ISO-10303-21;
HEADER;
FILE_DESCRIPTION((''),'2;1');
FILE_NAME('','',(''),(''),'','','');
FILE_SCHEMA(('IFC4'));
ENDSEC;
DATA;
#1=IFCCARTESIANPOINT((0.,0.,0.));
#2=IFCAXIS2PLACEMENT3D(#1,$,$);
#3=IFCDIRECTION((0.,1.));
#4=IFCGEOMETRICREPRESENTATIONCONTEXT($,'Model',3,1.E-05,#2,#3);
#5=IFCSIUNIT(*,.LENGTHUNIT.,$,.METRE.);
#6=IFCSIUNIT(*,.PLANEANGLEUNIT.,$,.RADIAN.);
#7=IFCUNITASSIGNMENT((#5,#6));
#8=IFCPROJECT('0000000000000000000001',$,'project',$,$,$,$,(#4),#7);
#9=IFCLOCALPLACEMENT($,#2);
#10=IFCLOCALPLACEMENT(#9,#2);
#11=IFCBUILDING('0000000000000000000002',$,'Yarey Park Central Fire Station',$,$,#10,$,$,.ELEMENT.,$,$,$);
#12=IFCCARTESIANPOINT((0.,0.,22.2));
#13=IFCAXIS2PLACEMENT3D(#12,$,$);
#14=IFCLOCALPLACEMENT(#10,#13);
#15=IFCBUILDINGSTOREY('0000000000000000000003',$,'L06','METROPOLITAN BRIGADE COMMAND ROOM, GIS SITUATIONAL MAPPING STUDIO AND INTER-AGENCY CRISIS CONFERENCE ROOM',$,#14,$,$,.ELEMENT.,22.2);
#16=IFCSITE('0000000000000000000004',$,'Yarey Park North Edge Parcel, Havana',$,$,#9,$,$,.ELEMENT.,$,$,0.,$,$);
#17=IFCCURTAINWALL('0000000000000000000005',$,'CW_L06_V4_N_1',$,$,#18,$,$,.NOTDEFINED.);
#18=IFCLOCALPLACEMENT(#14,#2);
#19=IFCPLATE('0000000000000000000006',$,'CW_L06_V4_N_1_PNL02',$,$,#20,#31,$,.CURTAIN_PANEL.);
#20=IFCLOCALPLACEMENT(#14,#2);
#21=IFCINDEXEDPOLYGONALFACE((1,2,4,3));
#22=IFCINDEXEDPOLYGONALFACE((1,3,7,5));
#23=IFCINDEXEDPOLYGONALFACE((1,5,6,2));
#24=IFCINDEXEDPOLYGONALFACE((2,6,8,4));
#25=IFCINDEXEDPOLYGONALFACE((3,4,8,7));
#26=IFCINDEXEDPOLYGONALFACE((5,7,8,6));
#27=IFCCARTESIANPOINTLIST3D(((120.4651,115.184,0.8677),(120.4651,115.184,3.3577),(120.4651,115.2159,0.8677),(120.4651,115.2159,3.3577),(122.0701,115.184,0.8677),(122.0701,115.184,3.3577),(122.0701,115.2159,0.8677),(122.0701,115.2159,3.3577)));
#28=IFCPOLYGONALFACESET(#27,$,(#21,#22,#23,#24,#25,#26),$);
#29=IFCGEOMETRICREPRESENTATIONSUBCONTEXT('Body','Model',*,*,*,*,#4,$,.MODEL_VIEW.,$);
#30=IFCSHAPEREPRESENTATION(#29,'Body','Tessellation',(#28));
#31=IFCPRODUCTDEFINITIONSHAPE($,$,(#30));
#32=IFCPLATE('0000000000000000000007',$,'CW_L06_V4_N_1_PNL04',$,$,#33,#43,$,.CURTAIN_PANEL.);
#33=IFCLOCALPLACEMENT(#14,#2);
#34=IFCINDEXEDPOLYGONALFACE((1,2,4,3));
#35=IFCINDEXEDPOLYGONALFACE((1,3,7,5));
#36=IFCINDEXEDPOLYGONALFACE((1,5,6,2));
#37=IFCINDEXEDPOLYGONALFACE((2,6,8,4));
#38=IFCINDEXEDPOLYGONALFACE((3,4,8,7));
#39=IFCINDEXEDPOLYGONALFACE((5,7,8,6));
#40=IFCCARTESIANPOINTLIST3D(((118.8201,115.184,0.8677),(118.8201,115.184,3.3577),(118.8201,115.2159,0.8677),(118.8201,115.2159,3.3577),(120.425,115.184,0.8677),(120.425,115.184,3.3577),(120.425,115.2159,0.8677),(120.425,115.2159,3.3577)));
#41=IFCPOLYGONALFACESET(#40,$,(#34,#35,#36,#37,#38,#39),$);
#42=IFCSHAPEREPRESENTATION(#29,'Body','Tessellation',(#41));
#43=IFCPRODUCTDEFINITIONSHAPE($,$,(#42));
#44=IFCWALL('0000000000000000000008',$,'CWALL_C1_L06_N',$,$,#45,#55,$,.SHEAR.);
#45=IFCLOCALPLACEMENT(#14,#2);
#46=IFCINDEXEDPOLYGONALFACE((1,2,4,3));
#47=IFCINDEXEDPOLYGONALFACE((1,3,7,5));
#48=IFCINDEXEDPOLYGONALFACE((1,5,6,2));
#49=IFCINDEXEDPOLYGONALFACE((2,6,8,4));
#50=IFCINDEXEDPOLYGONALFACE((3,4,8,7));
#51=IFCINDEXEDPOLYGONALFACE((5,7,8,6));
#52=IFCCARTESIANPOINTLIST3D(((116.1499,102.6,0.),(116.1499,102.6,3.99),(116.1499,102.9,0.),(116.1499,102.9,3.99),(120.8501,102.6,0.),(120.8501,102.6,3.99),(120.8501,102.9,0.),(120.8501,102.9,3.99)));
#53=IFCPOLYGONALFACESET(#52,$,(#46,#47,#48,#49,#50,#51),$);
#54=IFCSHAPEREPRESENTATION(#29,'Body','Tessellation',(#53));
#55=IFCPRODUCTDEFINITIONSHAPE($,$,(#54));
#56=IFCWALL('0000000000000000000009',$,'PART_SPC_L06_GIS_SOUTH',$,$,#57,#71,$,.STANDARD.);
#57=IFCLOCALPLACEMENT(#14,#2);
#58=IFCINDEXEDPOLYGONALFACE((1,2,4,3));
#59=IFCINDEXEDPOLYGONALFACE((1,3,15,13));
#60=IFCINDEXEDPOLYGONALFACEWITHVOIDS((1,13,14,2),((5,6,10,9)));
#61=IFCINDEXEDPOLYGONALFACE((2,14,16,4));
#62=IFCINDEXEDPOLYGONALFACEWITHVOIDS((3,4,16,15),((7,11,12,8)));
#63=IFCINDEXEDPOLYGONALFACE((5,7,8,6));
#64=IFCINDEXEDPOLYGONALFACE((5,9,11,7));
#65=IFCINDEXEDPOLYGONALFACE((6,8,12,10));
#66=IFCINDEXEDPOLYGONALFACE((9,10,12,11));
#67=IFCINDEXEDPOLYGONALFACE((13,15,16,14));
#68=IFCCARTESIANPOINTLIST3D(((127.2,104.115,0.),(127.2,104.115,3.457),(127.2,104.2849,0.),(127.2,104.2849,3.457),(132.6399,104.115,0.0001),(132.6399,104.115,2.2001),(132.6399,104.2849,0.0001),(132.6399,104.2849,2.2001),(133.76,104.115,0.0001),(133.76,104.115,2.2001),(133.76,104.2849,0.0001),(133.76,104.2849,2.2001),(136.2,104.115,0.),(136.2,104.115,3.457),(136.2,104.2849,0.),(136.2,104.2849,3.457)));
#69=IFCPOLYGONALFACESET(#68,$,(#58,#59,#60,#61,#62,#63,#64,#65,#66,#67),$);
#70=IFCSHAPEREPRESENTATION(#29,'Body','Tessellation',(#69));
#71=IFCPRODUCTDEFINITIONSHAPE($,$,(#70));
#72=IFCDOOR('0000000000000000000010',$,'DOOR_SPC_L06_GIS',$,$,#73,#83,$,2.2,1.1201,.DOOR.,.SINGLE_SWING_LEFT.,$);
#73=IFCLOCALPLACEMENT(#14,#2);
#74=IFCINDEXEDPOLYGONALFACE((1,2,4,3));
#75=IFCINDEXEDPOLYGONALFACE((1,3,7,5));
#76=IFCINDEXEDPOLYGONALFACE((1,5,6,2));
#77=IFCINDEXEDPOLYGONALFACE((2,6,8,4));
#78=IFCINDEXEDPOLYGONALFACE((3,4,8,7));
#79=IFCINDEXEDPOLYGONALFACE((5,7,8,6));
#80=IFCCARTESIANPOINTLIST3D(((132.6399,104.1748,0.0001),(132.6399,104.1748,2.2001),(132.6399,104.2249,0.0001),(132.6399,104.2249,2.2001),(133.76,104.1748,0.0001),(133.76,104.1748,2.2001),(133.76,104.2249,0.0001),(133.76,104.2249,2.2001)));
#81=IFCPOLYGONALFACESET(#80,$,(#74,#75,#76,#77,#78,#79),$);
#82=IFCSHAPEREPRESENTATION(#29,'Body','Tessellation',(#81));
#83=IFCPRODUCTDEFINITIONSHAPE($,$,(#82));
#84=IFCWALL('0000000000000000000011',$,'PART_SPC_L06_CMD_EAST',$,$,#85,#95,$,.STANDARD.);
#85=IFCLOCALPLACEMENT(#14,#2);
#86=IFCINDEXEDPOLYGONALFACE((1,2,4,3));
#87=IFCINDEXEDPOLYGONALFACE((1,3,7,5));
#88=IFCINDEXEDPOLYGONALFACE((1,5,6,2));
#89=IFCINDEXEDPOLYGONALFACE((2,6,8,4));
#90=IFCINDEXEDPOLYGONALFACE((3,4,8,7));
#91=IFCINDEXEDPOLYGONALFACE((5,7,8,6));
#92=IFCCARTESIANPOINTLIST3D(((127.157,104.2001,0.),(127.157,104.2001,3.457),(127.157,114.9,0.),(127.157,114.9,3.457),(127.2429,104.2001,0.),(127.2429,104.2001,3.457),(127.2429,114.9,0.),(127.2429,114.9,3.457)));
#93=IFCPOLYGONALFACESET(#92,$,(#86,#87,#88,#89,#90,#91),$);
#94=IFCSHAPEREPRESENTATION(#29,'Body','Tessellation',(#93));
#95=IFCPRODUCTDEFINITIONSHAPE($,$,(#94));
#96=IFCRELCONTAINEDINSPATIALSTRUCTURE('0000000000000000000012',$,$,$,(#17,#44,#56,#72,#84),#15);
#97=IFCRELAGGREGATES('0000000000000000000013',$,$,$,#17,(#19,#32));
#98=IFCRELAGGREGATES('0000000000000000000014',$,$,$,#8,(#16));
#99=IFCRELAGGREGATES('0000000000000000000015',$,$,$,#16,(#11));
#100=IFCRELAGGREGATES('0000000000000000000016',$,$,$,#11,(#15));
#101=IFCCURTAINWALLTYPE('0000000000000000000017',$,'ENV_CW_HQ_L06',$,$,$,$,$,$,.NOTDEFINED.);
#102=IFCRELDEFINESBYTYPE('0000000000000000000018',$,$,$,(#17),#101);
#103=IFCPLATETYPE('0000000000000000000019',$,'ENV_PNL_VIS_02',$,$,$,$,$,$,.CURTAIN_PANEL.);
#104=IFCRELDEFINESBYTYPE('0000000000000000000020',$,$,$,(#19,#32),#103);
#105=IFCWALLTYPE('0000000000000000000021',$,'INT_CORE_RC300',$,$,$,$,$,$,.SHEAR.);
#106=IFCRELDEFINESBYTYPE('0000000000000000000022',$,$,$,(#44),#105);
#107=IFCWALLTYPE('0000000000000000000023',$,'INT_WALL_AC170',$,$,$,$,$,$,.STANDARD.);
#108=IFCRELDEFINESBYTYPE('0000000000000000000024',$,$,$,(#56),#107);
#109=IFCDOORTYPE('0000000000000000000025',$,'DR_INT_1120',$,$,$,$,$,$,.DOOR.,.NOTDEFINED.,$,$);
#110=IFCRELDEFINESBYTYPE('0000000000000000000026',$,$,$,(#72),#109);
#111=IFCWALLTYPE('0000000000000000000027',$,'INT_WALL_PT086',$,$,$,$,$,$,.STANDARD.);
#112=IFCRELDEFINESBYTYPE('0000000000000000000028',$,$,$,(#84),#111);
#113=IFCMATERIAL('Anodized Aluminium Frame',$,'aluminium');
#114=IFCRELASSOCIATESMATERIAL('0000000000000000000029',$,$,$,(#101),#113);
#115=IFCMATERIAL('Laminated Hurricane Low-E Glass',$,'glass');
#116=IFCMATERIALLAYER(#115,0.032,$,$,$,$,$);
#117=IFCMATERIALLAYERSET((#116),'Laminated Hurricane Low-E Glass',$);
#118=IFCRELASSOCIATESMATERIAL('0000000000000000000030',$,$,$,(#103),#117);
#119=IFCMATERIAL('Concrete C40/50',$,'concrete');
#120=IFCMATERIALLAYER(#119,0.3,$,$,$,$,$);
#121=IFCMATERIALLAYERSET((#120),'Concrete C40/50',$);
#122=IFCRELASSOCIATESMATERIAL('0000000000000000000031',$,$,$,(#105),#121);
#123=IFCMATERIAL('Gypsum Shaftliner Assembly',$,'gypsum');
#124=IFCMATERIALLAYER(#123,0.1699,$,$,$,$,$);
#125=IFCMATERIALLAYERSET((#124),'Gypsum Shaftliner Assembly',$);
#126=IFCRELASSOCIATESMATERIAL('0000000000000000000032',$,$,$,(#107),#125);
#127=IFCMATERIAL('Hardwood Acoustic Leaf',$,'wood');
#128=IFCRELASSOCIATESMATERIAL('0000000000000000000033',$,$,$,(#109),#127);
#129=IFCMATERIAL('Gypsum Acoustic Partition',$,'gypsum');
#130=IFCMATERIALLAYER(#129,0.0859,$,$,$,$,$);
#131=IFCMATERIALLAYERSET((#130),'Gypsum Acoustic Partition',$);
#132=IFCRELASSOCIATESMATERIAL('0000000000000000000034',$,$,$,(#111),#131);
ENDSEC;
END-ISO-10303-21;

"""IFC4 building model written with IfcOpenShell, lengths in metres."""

from ifc_helpers import new_model, si_unit, direction, frame, frame_2d, origin, origin_2d, place, context, subcontext, project, spatial, rectangle, extrude, material, layer, layer_set, type_object, element, fill, aggregate, save


model = new_model("IFC4")

# Units and contexts
model_context = context("Model", 3, precision=1e-05, world=origin(), true_north=direction((0.0, 1.0)))
body_context = subcontext(model_context, "Body", "Model", "MODEL_VIEW")
ifc_project = project(units=[si_unit("LENGTHUNIT", "METRE"), si_unit("PLANEANGLEUNIT", "RADIAN")], contexts=[model_context])

# Site, building, storey
site_placement = place(None, origin())
site = spatial("IfcSite", under=ifc_project, at=site_placement, Name="Yarey Park North Edge Parcel, Havana", CompositionType="ELEMENT", RefElevation=0.0)
building_placement = place(site_placement, origin())
building = spatial("IfcBuilding", under=site, at=building_placement, Name="Yarey Park Central Fire Station", CompositionType="ELEMENT")
storey_placement = place(building_placement, frame((0.0, 0.0, 22.2)))
storey = spatial("IfcBuildingStorey", under=building, at=storey_placement, Name="L06", Description="METROPOLITAN BRIGADE COMMAND ROOM, GIS SITUATIONAL MAPPING STUDIO AND INTER-AGENCY CRISIS CONFERENCE ROOM", CompositionType="ELEMENT", Elevation=22.2)

# Shared definitions
ifc_material_1 = material(Name="Concrete C40/50", Category="concrete")

# Curtain wall
ifc_material_2 = material(Name="Anodized Aluminium Frame", Category="aluminium")
curtain_wall_type = type_object("IfcCurtainWallType", Name="ENV_CW_HQ_L06", PredefinedType="NOTDEFINED", material=ifc_material_2)
curtain_wall_placement = place(storey_placement, origin())
curtain_wall = element("IfcCurtainWall", 1, at=curtain_wall_placement, inside=storey, type_object=curtain_wall_type, Name="CW_L06_V4_N_1", PredefinedType="NOTDEFINED")

# Plates
ifc_material_3 = material(Name="Laminated Hurricane Low-E Glass", Category="glass")
ifc_layer_1 = layer(ifc_material_3, 0.032)
ifc_layer_set_1 = layer_set([ifc_layer_1], Name="Laminated Hurricane Low-E Glass")
plate_type_1 = type_object("IfcPlateType", Name="ENV_PNL_VIS_02", PredefinedType="CURTAIN_PANEL", material=ifc_layer_set_1)
plate_1_placement = place(storey_placement, frame((121.2676, 115.2, 0.8677), z_axis=(0.0, 0.0, 1.0), x_axis=(-1.0, 0.0, 0.0)))
plate_1 = element("IfcPlate", 2, at=plate_1_placement, type_object=plate_type_1, Name="CW_L06_V4_N_1_PNL02", PredefinedType="CURTAIN_PANEL", context=body_context, shape_type="SweptSolid", body=[
    extrude(rectangle(XDim=1.605, YDim=0.032, at=origin_2d()), origin(), (0.0, 0.0, 1.0), 2.49),
])
plate_2_placement = place(storey_placement, frame((119.6226, 115.2, 0.8677), z_axis=(0.0, 0.0, 1.0), x_axis=(-1.0, 0.0, 0.0)))
plate_2 = element("IfcPlate", 3, at=plate_2_placement, type_object=plate_type_1, Name="CW_L06_V4_N_1_PNL04", PredefinedType="CURTAIN_PANEL", context=body_context, shape_type="SweptSolid", body=[
    extrude(rectangle(XDim=1.605, YDim=0.032, at=origin_2d()), origin(), (0.0, 0.0, 1.0), 2.49),
])
aggregate(curtain_wall, [plate_1, plate_2])

# Wall
ifc_layer_2 = layer(ifc_material_1, 0.3)
ifc_layer_set_2 = layer_set([ifc_layer_2], Name="Concrete C40/50")
wall_type_1 = type_object("IfcWallType", Name="INT_CORE_RC300", PredefinedType="SHEAR", material=ifc_layer_set_2)
wall_1_placement = place(storey_placement, frame((120.8501, 102.75, 0.0), z_axis=(0.0, 0.0, 1.0), x_axis=(-1.0, 0.0, 0.0)))
element("IfcWall", 4, at=wall_1_placement, inside=storey, type_object=wall_type_1, Name="CWALL_C1_L06_N", PredefinedType="SHEAR", context=body_context, shape_type="SweptSolid", body=[
    extrude(rectangle(XDim=4.7002, YDim=0.3, at=frame_2d((2.3501, 0.0))), origin(), (0.0, 0.0, 1.0), 3.99),
])

# Wall, opening, door
ifc_material_4 = material(Name="Gypsum Shaftliner Assembly", Category="gypsum")
ifc_layer_3 = layer(ifc_material_4, 0.1699)
ifc_layer_set_3 = layer_set([ifc_layer_3], Name="Gypsum Shaftliner Assembly")
wall_type_2 = type_object("IfcWallType", Name="INT_WALL_AC170", PredefinedType="STANDARD", material=ifc_layer_set_3)
wall_2_placement = place(storey_placement, frame((127.2, 104.2, 0.0), z_axis=(0.0, 0.0, 1.0), x_axis=(1.0, 0.0, 0.0)))
wall_2 = element("IfcWall", 5, at=wall_2_placement, inside=storey, type_object=wall_type_2, Name="PART_SPC_L06_GIS_SOUTH", PredefinedType="STANDARD", context=body_context, shape_type="SweptSolid", body=[
    extrude(rectangle(XDim=9.0, YDim=0.1699, at=frame_2d((4.5, 0.0))), origin(), (0.0, 0.0, 1.0), 3.457),
])
opening_placement = place(wall_2_placement, frame((5.4399, 0.0, 0.0)))
opening = element("IfcOpeningElement", 6, at=opening_placement, cuts=wall_2, PredefinedType="OPENING", context=body_context, shape_type="SweptSolid", body=[
    extrude(rectangle(XDim=1.1201, YDim=2.2, at=frame_2d((0.5601, 1.1001))), frame((0.0, 0.095, 0.0), z_axis=(0.0, -1.0, 0.0), x_axis=(1.0, 0.0, 0.0)), (0.0, 0.0, 1.0), 0.1899),
])
ifc_material_5 = material(Name="Hardwood Acoustic Leaf", Category="wood")
door_type = type_object("IfcDoorType", Name="DR_INT_1120", OperationType="NOTDEFINED", PredefinedType="DOOR", material=ifc_material_5)
door_placement = place(opening_placement, origin())
door = element("IfcDoor", 7, at=door_placement, inside=storey, type_object=door_type, Name="DOOR_SPC_L06_GIS", OperationType="SINGLE_SWING_LEFT", OverallHeight=2.2, OverallWidth=1.1201, PredefinedType="DOOR", context=body_context, shape_type="SweptSolid", body=[
    extrude(rectangle(XDim=1.1201, YDim=2.2, at=frame_2d((0.5601, 1.1001))), frame((0.0, 0.0249, 0.0), z_axis=(0.0, -1.0, 0.0), x_axis=(1.0, 0.0, 0.0)), (0.0, 0.0, 1.0), 0.05),
])
fill(opening, door)

# Wall
ifc_material_6 = material(Name="Gypsum Acoustic Partition", Category="gypsum")
ifc_layer_4 = layer(ifc_material_6, 0.0859)
ifc_layer_set_4 = layer_set([ifc_layer_4], Name="Gypsum Acoustic Partition")
wall_type_3 = type_object("IfcWallType", Name="INT_WALL_PT086", PredefinedType="STANDARD", material=ifc_layer_set_4)
wall_3_placement = place(storey_placement, frame((127.2, 104.2, 0.0), z_axis=(0.0, 0.0, 1.0), x_axis=(0.0, 1.0, 0.0)))
element("IfcWall", 8, at=wall_3_placement, inside=storey, type_object=wall_type_3, Name="PART_SPC_L06_CMD_EAST", PredefinedType="STANDARD", context=body_context, shape_type="SweptSolid", body=[
    extrude(rectangle(XDim=10.7, YDim=0.0859, at=frame_2d((5.3501, 0.0))), origin(), (0.0, 0.0, 1.0), 3.457),
])

save(model, "model.ifc")
